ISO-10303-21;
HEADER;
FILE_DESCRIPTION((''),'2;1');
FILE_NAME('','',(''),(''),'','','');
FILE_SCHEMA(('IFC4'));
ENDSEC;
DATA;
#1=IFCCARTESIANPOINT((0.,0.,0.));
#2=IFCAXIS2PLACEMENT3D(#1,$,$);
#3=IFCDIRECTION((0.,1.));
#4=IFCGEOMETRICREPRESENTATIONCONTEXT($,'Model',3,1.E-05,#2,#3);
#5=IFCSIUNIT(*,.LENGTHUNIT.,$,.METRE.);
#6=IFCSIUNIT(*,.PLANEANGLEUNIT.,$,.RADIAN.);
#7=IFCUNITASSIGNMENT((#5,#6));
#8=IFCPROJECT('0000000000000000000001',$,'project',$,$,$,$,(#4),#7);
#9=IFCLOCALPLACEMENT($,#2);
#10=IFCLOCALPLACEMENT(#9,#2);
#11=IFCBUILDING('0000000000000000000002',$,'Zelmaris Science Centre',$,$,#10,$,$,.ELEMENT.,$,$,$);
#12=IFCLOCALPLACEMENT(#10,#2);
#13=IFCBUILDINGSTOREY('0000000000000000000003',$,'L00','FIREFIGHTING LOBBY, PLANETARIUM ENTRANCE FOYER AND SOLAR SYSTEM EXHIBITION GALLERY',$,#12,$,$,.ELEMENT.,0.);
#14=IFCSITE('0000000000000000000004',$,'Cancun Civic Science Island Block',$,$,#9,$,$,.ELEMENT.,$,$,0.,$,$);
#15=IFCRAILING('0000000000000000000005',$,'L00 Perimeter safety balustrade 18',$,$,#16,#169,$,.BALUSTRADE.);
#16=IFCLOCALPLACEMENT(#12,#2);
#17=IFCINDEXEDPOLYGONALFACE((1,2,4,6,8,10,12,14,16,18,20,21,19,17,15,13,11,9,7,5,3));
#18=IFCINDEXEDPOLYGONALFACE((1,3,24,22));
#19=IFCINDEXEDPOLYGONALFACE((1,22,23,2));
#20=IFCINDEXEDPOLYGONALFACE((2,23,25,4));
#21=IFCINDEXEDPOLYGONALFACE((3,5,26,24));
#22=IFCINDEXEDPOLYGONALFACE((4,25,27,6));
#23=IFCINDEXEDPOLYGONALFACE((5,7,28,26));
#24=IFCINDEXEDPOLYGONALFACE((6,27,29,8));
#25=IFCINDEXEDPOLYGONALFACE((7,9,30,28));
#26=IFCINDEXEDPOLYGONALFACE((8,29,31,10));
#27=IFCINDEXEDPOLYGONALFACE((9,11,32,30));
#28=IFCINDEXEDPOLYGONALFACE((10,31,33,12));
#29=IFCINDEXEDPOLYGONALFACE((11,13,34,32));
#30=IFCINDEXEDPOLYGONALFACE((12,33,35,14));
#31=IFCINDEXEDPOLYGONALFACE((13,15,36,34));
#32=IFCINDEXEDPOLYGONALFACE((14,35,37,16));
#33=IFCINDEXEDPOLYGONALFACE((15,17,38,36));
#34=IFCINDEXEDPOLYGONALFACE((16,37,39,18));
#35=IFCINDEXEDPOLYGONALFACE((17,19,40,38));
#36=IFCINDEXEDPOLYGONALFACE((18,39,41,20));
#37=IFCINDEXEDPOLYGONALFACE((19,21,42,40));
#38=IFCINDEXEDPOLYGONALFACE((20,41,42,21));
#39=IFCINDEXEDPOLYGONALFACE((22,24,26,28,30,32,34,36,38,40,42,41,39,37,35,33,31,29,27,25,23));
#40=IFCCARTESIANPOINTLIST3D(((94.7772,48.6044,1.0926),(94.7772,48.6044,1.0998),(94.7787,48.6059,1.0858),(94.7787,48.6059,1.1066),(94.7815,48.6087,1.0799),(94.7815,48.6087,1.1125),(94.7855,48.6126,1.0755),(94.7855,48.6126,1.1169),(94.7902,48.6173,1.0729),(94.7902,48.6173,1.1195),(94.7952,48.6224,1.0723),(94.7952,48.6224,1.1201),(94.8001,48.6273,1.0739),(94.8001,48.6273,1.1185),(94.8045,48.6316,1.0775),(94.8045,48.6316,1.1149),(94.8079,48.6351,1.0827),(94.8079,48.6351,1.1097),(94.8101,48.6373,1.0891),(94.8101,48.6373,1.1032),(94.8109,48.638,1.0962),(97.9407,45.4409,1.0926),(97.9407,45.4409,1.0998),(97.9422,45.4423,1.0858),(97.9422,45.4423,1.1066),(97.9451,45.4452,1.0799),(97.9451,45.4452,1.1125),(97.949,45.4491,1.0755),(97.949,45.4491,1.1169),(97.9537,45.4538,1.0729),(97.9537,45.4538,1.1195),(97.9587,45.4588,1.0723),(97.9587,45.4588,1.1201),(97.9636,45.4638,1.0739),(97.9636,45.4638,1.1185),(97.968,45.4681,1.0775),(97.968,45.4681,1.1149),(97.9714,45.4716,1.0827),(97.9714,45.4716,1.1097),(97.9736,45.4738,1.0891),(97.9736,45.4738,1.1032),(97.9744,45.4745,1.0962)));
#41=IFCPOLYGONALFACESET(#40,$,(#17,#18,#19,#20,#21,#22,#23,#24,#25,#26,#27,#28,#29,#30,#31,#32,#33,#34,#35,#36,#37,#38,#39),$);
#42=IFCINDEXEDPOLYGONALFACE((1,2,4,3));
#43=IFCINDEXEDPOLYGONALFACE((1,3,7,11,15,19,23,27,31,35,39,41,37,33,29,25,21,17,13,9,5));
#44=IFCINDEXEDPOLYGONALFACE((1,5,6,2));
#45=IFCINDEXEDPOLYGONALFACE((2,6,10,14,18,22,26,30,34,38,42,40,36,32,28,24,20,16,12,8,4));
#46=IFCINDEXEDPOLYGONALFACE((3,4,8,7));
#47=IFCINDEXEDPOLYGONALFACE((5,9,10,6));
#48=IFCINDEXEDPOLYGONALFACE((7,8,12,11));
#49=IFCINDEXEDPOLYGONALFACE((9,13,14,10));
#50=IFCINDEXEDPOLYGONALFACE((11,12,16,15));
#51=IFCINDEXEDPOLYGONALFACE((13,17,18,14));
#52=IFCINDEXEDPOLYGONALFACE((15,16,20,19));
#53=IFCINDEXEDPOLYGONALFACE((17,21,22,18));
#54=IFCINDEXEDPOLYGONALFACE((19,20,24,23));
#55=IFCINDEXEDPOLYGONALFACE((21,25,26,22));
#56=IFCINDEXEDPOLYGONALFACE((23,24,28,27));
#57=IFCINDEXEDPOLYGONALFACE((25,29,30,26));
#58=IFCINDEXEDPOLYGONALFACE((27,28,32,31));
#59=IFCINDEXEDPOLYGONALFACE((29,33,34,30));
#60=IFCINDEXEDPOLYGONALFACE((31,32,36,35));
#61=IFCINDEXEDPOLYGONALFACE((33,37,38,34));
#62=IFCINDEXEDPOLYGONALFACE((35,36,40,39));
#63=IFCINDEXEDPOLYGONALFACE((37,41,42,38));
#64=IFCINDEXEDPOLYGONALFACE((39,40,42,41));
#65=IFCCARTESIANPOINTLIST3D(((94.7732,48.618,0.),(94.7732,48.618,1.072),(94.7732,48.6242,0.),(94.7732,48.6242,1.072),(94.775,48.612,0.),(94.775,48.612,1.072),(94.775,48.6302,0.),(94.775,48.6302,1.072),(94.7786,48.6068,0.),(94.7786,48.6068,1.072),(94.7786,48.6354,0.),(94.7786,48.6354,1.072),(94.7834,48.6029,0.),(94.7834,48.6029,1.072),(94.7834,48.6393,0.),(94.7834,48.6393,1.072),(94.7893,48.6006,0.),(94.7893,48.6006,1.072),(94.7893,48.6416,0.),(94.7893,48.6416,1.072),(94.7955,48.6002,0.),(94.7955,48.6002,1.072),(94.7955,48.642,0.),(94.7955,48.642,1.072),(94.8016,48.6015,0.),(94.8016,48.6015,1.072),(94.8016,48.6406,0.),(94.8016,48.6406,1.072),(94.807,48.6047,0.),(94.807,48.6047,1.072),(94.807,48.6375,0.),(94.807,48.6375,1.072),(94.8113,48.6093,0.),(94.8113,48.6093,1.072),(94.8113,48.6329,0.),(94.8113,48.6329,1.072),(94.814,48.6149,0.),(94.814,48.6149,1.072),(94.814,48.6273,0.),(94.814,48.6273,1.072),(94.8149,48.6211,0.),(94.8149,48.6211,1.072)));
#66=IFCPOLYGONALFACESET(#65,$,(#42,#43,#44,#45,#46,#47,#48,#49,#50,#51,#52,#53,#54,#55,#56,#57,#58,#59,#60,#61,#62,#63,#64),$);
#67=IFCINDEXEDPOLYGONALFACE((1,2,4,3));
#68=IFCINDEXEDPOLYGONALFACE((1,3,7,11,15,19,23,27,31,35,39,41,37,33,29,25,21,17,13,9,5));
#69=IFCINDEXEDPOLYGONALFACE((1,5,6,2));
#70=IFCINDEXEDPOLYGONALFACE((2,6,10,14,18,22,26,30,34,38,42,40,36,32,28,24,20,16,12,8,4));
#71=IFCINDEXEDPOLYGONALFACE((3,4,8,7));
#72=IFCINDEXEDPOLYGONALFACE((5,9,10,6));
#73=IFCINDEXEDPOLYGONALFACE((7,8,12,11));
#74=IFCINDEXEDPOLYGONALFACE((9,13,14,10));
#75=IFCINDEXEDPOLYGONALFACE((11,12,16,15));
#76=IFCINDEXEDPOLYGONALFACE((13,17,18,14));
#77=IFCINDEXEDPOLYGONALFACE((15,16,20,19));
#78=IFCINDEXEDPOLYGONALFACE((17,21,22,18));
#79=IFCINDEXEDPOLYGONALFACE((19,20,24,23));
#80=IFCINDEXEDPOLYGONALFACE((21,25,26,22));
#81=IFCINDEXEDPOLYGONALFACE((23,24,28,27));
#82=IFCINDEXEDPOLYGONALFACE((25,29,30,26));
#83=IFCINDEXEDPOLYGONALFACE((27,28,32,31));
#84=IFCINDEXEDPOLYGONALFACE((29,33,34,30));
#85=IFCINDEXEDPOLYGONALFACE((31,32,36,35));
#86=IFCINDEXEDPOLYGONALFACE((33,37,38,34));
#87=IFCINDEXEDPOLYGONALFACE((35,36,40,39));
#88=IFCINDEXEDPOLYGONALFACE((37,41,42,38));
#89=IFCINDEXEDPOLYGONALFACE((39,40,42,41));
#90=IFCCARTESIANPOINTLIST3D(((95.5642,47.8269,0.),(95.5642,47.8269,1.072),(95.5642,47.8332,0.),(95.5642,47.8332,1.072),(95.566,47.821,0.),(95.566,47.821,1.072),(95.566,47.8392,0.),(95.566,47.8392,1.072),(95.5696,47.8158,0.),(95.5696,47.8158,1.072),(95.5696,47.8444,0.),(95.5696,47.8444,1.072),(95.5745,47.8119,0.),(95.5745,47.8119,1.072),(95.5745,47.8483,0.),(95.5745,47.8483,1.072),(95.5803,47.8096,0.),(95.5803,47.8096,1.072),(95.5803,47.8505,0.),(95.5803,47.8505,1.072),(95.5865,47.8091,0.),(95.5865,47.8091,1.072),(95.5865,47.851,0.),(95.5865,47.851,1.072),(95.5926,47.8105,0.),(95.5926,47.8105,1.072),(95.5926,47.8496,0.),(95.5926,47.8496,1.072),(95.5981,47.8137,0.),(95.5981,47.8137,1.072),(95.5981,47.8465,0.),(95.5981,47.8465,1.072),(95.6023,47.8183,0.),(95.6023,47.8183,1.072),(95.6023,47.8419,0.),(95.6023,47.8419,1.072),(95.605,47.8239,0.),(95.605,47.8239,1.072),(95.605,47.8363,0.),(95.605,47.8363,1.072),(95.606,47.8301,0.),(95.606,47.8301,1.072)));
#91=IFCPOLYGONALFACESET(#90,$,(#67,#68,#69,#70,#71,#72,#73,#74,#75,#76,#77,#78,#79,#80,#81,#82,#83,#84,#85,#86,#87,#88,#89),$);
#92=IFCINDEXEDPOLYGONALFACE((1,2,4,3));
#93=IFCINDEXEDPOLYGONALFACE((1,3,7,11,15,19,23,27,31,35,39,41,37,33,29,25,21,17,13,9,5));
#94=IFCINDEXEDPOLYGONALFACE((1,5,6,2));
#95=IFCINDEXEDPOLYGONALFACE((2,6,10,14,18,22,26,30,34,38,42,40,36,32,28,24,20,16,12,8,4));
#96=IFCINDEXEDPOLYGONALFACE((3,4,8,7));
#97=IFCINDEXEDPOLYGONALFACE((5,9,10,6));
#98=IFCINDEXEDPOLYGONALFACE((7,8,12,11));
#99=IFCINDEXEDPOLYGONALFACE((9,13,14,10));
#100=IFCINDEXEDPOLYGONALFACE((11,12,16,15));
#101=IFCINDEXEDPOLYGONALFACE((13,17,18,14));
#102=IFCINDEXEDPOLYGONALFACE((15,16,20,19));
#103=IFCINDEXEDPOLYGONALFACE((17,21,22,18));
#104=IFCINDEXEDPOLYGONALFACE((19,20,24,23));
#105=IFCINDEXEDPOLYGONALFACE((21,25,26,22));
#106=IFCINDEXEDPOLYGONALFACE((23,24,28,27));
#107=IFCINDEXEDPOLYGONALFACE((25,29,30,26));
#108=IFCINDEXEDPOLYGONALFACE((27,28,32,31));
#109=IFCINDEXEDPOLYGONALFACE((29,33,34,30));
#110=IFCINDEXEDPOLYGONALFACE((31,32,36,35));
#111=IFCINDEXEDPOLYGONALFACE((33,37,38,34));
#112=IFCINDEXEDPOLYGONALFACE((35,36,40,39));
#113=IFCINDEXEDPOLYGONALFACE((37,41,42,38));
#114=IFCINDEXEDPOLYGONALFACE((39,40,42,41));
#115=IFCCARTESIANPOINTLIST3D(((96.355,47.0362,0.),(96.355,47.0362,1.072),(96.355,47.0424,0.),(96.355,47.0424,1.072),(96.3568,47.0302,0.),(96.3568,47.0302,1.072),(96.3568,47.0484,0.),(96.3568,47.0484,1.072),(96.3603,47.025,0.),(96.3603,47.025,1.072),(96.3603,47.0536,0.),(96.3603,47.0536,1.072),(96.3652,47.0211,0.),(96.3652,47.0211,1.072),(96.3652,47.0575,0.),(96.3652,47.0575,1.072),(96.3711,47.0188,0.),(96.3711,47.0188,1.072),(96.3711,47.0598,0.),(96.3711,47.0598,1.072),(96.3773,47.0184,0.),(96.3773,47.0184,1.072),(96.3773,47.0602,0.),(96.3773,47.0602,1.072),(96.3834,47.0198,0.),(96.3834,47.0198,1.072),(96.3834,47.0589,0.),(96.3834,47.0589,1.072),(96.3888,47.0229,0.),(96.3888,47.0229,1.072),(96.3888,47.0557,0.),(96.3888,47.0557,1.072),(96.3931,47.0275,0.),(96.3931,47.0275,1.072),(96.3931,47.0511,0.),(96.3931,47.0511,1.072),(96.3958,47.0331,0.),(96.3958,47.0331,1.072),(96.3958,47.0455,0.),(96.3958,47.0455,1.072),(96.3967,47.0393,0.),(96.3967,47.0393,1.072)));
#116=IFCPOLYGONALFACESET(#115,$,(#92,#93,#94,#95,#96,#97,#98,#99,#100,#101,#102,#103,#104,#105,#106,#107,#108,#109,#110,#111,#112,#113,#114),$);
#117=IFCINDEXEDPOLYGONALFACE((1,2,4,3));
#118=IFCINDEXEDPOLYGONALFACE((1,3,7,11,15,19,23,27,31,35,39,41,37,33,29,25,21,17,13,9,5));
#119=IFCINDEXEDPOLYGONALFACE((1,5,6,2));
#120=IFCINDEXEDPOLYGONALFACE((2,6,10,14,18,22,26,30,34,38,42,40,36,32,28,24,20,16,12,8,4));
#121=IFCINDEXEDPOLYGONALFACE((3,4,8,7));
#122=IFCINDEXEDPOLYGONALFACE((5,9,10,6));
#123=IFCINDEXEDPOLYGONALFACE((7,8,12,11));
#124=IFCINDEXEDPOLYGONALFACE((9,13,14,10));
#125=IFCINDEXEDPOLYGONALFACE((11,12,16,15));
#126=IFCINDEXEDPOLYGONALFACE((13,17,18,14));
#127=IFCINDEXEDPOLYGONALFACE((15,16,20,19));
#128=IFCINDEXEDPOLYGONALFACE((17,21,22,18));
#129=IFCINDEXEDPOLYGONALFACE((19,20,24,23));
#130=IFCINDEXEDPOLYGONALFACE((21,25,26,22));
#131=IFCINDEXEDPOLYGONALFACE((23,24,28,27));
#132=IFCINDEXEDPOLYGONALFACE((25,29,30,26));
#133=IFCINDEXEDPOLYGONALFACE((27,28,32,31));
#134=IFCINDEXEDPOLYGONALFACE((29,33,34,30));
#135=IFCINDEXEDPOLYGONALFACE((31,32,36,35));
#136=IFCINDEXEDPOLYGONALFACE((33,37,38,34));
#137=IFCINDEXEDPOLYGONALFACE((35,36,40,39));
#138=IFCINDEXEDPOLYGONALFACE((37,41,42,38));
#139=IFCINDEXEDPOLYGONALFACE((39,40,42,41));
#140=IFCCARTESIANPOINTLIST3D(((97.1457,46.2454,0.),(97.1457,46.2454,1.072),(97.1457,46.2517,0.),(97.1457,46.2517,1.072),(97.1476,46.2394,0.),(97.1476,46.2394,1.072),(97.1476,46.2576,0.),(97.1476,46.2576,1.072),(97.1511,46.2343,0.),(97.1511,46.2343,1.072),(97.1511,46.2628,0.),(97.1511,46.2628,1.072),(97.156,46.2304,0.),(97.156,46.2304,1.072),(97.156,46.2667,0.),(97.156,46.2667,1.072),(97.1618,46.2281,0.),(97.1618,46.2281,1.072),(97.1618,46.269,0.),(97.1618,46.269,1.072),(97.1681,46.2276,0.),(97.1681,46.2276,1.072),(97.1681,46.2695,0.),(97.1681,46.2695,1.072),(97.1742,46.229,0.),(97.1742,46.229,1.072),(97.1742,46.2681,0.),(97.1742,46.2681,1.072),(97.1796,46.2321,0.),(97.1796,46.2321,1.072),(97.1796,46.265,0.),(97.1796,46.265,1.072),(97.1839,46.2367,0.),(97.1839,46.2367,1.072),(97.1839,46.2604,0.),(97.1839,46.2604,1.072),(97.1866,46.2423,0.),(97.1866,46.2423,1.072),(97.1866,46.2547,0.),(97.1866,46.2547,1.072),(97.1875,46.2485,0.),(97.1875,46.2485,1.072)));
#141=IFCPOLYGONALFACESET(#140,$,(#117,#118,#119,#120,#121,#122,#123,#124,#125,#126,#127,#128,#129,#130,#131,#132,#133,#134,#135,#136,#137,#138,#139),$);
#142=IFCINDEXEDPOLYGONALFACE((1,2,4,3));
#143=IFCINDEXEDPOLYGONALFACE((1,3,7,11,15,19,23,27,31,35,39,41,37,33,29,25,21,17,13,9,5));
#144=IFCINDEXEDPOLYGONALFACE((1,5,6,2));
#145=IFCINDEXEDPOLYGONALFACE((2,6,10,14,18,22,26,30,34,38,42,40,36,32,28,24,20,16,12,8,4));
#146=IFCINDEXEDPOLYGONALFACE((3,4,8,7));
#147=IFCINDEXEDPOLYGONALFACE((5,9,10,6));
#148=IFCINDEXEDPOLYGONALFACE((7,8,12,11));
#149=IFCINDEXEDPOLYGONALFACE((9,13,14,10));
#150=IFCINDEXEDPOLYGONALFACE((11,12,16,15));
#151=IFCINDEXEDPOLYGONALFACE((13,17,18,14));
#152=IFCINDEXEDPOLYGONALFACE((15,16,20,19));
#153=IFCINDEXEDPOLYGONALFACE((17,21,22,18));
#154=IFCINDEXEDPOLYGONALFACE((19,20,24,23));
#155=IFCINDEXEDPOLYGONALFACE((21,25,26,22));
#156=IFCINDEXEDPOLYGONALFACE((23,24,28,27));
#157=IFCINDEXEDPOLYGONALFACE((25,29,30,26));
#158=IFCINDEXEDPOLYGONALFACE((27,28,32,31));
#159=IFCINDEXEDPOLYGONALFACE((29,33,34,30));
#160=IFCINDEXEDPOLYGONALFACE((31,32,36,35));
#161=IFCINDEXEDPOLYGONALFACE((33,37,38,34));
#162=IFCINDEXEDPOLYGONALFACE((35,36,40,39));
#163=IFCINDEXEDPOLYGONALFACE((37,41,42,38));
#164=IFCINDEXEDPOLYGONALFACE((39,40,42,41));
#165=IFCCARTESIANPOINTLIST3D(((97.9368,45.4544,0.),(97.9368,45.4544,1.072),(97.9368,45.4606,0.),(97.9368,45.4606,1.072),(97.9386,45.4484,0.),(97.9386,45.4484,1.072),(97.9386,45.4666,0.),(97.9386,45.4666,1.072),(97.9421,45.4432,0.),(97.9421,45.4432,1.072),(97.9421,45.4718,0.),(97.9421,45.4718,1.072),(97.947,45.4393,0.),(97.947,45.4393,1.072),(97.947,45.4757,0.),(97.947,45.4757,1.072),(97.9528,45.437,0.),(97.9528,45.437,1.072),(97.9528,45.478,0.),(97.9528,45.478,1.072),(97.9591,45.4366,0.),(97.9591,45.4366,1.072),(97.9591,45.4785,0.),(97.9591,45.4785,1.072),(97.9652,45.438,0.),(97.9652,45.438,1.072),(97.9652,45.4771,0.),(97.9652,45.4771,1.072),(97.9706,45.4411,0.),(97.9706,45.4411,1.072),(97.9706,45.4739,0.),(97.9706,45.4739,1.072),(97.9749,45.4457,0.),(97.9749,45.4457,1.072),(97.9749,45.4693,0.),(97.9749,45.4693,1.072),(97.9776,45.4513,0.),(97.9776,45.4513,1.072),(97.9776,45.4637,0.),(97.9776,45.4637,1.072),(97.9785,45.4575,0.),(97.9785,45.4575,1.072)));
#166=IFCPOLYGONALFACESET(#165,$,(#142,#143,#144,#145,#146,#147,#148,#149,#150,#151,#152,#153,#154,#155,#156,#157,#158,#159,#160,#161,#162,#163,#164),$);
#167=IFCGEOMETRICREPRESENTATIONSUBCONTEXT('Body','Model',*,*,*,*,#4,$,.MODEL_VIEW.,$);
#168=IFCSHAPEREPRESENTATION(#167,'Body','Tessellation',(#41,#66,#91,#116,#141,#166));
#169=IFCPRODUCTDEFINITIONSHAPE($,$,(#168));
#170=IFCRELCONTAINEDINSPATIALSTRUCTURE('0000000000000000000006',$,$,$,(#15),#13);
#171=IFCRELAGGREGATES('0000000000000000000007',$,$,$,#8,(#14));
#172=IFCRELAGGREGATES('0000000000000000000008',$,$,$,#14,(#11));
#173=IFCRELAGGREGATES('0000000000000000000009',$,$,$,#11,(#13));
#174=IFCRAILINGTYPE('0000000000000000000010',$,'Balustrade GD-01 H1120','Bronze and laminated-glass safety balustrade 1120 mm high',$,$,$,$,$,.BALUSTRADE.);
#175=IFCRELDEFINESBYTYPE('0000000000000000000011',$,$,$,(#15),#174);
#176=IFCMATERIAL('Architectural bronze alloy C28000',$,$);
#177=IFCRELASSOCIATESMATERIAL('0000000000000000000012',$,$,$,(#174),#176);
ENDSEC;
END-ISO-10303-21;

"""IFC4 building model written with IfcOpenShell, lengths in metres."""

from ifc_helpers import new_model, si_unit, direction, frame, origin, origin_2d, place, context, subcontext, project, spatial, circle, extrude, material, type_object, element, save


model = new_model("IFC4")

# Units and contexts
model_context = context("Model", 3, precision=1e-05, world=origin(), true_north=direction((0.0, 1.0)))
body_context = subcontext(model_context, "Body", "Model", "MODEL_VIEW")
ifc_project = project(units=[si_unit("LENGTHUNIT", "METRE"), si_unit("PLANEANGLEUNIT", "RADIAN")], contexts=[model_context])

# Site, building, storey
site_placement = place(None, origin())
site = spatial("IfcSite", under=ifc_project, at=site_placement, Name="Cancun Civic Science Island Block", CompositionType="ELEMENT", RefElevation=0.0)
building_placement = place(site_placement, origin())
building = spatial("IfcBuilding", under=site, at=building_placement, Name="Zelmaris Science Centre", CompositionType="ELEMENT")
storey_placement = place(building_placement, origin())
storey = spatial("IfcBuildingStorey", under=building, at=storey_placement, Name="L00", Description="FIREFIGHTING LOBBY, PLANETARIUM ENTRANCE FOYER AND SOLAR SYSTEM EXHIBITION GALLERY", CompositionType="ELEMENT", Elevation=0.0)

# Railing
ifc_material_1 = material(Name="Architectural bronze alloy C28000")
railing_type = type_object("IfcRailingType", Name="Balustrade GD-01 H1120", Description="Bronze and laminated-glass safety balustrade 1120 mm high", PredefinedType="BALUSTRADE", material=ifc_material_1)
railing_placement = place(storey_placement, frame((94.7939, 48.6211, 0.0)))
element("IfcRailing", 1, at=railing_placement, inside=storey, type_object=railing_type, Name="L00 Perimeter safety balustrade 18", PredefinedType="BALUSTRADE", context=body_context, shape_type="SweptSolid", body=[
    extrude(circle(Radius=0.0239, at=origin_2d()), frame((0.0, 0.0, 1.0962), z_axis=(0.707107, -0.707107, 0.0), x_axis=(0.707107, 0.707107, 0.0)), (0.0, 0.0, 1.0), 4.4739),
    extrude(circle(Radius=0.021, at=origin_2d()), origin(), (0.0, 0.0, 1.0), 1.072),
    extrude(circle(Radius=0.021, at=origin_2d()), frame((0.791, -0.791, 0.0)), (0.0, 0.0, 1.0), 1.072),
    extrude(circle(Radius=0.021, at=origin_2d()), frame((1.5818, -1.5818, 0.0)), (0.0, 0.0, 1.0), 1.072),
    extrude(circle(Radius=0.021, at=origin_2d()), frame((2.3726, -2.3726, 0.0)), (0.0, 0.0, 1.0), 1.072),
    extrude(circle(Radius=0.021, at=origin_2d()), frame((3.1636, -3.1636, 0.0)), (0.0, 0.0, 1.0), 1.072),
])

save(model, "model.ifc")
